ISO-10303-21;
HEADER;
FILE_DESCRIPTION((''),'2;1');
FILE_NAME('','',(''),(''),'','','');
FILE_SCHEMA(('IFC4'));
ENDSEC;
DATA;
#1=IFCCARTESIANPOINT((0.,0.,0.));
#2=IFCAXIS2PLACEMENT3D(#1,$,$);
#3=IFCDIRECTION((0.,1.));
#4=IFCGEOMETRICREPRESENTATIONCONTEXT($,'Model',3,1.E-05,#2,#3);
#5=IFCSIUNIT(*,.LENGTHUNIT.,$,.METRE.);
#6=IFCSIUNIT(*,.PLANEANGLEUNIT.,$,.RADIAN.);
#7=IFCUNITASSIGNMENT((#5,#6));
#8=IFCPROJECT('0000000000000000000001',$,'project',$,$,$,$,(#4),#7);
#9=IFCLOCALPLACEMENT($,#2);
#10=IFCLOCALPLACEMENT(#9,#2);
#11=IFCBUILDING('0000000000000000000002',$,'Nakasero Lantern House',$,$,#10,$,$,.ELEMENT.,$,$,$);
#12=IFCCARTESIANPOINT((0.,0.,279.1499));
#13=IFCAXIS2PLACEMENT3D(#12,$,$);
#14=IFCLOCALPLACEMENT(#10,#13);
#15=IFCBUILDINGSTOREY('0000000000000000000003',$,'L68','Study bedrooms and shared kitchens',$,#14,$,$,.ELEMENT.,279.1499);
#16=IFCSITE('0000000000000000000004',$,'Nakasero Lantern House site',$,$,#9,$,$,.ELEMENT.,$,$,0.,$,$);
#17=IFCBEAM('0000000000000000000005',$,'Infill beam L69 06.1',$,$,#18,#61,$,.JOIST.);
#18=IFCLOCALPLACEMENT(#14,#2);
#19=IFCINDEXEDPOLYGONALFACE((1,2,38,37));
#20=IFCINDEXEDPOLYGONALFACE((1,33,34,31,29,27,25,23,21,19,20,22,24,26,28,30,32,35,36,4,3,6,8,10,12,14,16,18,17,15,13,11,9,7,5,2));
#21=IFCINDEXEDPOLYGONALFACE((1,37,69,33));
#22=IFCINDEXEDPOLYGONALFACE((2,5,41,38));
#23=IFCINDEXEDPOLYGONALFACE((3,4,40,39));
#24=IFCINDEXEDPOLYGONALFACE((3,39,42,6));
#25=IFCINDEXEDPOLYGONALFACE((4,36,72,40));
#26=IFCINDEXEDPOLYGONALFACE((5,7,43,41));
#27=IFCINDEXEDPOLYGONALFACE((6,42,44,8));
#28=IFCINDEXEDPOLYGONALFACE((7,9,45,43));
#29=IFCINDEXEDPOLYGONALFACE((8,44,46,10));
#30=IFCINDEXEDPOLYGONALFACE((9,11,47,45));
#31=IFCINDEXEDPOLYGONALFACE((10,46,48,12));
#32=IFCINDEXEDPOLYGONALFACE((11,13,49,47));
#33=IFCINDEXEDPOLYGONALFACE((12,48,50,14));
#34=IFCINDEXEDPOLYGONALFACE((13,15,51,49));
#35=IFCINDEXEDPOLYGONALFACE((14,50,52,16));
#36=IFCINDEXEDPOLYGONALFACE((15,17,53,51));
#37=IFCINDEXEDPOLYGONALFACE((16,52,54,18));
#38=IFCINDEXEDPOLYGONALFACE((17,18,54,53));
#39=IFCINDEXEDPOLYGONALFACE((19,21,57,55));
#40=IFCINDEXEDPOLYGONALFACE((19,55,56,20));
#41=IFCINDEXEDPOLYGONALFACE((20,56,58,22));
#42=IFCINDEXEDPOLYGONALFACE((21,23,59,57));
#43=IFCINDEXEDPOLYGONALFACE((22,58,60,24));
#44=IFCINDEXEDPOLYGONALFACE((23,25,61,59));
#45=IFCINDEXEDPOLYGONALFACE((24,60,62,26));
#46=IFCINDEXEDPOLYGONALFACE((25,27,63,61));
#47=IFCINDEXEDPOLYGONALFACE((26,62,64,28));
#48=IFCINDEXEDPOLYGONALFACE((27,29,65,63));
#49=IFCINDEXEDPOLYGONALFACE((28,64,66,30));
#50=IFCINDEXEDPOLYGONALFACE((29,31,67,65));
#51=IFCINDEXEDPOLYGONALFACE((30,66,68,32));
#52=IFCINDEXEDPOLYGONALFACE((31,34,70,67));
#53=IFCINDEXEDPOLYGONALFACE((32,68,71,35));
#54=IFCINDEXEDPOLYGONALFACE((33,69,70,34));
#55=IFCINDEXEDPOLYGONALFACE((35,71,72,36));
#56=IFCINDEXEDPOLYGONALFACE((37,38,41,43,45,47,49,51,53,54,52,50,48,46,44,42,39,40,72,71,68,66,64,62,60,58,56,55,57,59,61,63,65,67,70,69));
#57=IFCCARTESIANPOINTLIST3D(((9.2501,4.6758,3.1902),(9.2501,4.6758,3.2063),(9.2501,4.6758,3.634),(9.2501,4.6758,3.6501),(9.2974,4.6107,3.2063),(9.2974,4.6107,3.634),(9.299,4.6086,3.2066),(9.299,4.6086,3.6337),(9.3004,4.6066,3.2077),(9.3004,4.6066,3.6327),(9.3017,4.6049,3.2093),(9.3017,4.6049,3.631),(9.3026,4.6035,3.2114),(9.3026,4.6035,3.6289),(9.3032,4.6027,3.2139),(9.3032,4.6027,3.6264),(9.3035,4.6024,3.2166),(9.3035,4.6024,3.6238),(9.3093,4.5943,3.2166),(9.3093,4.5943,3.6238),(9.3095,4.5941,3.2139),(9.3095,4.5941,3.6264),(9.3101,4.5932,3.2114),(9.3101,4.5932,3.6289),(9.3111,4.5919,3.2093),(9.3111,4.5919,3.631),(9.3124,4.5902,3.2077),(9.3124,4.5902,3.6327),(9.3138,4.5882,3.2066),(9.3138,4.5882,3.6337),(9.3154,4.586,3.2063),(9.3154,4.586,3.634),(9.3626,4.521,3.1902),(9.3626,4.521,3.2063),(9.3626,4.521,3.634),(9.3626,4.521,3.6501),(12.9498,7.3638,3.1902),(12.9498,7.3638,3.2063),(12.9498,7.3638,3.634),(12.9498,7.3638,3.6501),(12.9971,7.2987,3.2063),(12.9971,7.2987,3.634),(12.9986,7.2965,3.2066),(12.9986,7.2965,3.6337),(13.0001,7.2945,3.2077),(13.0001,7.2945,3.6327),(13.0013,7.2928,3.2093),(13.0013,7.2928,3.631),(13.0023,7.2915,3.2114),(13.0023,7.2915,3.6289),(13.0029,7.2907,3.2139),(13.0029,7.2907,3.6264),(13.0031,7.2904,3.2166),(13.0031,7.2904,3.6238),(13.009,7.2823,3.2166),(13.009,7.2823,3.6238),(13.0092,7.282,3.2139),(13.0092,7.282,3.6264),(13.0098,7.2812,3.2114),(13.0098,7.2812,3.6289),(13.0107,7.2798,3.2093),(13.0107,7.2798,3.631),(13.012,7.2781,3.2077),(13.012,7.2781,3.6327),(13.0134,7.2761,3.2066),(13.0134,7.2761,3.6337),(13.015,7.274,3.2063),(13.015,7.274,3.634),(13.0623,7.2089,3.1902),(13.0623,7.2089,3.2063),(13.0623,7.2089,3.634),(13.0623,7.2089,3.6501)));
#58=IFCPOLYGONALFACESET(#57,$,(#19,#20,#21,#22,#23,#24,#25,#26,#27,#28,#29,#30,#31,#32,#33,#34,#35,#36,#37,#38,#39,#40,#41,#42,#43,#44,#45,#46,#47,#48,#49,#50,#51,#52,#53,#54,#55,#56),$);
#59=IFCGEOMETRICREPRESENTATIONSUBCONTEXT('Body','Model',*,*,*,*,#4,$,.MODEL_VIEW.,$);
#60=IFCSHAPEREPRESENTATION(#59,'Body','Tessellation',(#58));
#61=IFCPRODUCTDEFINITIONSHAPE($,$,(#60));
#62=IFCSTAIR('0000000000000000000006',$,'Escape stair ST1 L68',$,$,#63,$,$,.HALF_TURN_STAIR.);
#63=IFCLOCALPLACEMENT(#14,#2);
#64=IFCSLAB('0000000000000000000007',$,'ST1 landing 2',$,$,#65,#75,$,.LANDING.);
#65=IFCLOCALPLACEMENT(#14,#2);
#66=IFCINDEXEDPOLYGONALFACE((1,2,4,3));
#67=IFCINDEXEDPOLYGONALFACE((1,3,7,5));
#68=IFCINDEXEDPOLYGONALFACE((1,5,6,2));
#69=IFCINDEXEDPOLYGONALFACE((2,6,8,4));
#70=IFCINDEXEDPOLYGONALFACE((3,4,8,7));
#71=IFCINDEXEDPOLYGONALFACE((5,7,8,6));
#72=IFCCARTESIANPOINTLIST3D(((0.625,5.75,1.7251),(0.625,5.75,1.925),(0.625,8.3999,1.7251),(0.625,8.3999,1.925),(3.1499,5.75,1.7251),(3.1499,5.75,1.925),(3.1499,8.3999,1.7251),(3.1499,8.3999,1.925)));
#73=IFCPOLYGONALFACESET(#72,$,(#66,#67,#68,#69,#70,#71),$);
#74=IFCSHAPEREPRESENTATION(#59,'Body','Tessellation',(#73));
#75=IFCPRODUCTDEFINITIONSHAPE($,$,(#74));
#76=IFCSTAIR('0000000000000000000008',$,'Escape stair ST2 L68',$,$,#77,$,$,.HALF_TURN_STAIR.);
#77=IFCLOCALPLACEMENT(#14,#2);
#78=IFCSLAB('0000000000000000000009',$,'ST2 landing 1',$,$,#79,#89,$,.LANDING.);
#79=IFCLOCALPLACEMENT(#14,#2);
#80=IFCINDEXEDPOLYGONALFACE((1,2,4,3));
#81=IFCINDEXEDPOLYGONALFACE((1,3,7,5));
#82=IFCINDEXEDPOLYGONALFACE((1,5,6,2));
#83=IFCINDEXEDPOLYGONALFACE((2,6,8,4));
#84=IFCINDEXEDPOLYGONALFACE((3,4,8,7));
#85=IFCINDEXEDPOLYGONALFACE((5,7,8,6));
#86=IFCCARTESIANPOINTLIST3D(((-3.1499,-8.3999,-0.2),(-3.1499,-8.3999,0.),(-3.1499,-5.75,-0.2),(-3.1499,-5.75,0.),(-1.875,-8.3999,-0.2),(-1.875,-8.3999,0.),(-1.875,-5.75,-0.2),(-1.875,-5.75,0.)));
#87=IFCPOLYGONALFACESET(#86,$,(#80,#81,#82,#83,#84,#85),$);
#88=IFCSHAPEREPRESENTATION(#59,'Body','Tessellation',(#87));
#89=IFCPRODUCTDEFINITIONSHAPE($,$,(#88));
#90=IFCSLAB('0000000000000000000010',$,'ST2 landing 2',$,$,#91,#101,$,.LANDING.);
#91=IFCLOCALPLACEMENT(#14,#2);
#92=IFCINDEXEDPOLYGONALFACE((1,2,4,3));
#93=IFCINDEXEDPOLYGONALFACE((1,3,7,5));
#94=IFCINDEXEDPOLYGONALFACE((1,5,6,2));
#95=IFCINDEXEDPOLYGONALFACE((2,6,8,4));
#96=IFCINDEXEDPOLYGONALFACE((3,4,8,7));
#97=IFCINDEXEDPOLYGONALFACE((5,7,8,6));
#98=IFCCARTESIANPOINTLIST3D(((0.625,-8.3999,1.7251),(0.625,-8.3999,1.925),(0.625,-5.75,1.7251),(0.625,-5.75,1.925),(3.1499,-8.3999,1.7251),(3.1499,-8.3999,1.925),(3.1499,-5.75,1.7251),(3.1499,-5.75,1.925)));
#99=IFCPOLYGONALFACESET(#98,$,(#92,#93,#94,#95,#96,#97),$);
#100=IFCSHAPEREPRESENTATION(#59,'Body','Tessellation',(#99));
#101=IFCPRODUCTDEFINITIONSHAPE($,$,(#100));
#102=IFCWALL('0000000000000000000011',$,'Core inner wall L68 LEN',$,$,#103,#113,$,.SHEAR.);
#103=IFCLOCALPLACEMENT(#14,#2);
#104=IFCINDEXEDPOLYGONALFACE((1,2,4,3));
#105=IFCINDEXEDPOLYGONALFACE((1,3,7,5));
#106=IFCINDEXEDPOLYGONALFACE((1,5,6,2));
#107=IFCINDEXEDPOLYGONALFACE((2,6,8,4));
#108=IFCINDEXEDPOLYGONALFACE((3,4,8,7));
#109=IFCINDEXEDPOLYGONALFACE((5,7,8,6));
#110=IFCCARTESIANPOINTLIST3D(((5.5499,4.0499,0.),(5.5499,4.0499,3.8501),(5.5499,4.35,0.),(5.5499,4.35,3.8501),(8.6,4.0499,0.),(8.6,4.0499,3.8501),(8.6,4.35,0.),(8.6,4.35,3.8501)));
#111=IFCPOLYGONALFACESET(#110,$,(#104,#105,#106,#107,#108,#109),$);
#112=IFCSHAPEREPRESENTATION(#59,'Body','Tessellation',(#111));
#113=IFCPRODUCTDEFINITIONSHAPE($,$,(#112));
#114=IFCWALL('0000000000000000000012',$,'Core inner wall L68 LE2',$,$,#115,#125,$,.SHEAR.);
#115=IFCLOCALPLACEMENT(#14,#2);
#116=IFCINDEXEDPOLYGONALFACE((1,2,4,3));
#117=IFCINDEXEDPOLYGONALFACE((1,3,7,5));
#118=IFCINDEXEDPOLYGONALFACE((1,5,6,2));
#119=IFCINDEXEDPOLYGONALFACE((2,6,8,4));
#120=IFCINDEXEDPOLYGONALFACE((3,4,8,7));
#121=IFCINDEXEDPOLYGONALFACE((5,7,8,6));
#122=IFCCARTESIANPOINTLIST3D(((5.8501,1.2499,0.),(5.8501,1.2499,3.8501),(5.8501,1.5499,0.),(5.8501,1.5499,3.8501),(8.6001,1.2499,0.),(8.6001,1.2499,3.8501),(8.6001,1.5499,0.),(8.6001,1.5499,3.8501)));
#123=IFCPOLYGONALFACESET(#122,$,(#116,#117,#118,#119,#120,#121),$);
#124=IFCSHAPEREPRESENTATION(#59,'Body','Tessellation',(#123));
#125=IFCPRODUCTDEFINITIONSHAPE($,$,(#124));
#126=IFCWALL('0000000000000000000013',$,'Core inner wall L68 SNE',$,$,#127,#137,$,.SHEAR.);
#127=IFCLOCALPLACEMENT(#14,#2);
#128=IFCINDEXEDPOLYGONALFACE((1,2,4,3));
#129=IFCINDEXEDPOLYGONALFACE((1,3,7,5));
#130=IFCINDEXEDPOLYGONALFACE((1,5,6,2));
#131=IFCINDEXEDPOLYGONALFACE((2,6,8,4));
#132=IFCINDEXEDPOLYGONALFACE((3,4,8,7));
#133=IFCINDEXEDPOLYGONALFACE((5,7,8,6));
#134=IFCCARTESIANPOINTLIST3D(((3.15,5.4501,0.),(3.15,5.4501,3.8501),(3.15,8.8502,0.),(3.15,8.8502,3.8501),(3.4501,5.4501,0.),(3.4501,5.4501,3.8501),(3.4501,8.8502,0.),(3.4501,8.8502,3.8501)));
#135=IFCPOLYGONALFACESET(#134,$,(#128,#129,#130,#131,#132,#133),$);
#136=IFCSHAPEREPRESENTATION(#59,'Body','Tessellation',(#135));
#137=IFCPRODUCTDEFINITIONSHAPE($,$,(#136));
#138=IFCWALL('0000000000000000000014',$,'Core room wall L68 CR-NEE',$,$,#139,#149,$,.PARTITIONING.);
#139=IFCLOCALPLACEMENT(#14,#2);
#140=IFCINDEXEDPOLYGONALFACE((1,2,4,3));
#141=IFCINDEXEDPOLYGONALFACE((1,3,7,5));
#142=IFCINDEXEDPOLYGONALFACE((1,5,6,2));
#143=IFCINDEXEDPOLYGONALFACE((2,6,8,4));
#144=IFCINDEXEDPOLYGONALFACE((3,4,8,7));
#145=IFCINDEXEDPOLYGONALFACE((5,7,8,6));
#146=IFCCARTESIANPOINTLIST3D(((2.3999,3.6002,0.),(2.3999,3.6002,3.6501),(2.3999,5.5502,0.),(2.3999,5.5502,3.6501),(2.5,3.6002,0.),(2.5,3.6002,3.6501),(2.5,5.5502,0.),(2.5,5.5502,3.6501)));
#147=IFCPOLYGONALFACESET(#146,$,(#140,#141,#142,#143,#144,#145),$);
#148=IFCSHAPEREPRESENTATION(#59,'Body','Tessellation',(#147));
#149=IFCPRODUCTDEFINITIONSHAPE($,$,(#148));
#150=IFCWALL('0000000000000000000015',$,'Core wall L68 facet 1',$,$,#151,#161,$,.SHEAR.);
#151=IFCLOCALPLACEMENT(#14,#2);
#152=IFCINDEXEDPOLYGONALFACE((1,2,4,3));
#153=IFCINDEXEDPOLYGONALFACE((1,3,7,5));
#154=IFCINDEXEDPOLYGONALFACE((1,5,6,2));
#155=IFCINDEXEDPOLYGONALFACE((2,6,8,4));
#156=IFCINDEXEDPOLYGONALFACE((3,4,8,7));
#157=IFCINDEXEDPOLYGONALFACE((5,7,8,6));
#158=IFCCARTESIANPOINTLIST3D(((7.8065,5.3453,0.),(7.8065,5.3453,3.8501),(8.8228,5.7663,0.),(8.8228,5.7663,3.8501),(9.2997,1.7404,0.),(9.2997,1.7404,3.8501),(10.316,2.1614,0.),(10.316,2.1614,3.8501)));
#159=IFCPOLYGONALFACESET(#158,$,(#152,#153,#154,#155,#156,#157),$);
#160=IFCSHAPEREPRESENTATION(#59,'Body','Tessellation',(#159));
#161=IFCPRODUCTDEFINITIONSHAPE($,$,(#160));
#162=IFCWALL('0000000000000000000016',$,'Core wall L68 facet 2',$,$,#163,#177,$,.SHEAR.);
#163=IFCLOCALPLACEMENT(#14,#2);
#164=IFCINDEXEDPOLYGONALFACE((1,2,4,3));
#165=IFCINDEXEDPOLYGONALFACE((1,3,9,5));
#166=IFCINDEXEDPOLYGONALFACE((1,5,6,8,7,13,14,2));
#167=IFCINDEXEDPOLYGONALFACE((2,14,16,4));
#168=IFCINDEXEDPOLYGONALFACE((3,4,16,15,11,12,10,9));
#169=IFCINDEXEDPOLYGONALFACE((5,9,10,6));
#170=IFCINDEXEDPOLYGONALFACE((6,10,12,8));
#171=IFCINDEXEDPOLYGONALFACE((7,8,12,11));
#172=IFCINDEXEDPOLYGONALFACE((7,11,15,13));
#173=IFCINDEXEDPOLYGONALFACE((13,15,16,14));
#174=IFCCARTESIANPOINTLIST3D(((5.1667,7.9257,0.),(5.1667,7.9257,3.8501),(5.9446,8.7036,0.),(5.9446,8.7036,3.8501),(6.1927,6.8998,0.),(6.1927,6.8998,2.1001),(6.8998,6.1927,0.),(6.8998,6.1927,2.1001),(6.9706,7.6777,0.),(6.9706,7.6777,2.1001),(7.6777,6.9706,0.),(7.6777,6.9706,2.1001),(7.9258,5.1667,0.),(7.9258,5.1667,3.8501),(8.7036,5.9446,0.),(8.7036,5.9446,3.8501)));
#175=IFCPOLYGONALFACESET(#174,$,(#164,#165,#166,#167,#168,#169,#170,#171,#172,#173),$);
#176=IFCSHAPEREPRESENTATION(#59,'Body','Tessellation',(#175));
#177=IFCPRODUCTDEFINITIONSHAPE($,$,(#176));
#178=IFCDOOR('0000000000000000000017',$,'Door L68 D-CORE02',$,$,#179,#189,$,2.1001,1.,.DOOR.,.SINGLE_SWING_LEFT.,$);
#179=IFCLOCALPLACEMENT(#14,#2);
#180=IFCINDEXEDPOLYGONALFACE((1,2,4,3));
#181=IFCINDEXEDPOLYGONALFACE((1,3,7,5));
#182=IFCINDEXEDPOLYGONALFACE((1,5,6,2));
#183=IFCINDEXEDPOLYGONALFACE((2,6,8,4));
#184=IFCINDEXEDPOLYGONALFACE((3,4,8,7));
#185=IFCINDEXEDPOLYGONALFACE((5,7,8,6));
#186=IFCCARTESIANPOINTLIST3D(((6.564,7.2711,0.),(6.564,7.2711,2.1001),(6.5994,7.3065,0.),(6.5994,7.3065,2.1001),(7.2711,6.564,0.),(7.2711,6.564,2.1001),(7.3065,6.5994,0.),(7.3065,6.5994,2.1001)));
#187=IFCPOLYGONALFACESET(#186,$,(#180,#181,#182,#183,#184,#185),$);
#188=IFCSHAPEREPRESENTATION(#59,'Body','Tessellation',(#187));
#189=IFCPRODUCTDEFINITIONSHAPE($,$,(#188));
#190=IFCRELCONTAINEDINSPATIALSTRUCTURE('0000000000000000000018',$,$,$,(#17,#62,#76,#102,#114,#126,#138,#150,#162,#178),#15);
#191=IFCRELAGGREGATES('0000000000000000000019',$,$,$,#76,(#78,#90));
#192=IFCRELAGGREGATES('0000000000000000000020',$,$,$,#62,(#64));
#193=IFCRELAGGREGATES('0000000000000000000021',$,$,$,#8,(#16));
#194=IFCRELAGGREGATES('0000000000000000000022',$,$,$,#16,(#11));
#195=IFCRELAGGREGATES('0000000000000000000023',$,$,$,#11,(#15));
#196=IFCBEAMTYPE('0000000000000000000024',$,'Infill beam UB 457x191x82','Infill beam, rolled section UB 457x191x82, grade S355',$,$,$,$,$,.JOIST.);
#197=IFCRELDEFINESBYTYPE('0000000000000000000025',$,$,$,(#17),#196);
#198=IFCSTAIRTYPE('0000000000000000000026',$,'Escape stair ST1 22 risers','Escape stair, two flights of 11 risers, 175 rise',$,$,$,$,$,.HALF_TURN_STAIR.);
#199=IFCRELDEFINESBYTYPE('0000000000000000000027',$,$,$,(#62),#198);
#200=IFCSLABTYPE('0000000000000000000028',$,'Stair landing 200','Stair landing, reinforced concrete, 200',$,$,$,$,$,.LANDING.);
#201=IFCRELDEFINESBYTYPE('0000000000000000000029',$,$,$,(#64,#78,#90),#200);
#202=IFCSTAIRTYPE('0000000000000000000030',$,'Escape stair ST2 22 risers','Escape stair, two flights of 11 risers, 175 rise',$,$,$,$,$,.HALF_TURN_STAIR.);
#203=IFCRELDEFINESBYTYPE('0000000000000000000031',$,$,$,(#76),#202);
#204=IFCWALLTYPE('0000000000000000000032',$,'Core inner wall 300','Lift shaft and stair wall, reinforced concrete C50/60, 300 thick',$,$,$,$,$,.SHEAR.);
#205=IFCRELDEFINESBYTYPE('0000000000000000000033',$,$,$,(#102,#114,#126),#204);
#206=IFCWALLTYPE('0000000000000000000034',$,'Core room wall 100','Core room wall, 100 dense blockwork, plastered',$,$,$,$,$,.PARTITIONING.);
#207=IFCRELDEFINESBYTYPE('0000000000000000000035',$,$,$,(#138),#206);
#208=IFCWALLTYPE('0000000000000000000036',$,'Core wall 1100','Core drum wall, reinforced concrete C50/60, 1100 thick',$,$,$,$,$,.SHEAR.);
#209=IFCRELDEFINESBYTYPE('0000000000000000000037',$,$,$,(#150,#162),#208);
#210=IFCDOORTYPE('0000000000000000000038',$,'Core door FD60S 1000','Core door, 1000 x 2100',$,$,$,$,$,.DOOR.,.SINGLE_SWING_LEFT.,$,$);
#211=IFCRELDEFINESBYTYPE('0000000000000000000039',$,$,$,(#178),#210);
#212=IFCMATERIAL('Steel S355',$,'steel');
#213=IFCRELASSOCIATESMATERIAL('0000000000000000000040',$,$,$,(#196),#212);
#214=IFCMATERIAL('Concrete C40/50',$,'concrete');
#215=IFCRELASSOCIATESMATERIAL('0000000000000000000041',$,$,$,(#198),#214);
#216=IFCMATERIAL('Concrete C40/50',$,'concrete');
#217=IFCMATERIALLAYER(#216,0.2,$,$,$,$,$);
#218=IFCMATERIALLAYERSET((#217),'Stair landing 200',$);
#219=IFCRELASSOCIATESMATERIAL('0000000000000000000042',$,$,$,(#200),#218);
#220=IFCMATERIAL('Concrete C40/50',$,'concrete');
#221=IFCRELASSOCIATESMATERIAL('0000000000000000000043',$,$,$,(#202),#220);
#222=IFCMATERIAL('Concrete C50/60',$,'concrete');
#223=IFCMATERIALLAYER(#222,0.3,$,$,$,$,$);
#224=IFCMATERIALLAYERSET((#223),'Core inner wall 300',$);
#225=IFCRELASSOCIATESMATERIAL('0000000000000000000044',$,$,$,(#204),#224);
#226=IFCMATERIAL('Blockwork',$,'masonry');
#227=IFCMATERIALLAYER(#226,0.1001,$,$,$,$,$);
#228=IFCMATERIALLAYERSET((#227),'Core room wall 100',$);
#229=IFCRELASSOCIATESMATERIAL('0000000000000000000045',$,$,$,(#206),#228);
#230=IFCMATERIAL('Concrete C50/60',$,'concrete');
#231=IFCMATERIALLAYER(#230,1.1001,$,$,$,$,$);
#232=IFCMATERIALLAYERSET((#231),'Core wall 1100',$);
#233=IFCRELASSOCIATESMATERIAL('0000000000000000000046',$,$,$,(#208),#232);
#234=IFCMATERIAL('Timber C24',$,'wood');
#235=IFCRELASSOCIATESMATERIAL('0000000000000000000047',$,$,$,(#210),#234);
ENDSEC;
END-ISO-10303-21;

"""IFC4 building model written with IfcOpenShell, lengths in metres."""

from ifc_helpers import new_model, si_unit, direction, frame, frame_2d, origin, origin_2d, place, context, subcontext, project, spatial, polyline, rectangle, i_section, outline, extrude, material, layer, layer_set, material_profile, profile_set, type_object, element, fill, aggregate, save


model = new_model("IFC4")

# Units and contexts
model_context = context("Model", 3, precision=1e-05, world=origin(), true_north=direction((0.0, 1.0)))
body_context = subcontext(model_context, "Body", "Model", "MODEL_VIEW")
ifc_project = project(units=[si_unit("LENGTHUNIT", "METRE"), si_unit("PLANEANGLEUNIT", "RADIAN")], contexts=[model_context])

# Site, building, storey
site_placement = place(None, origin())
site = spatial("IfcSite", under=ifc_project, at=site_placement, Name="Nakasero Lantern House site", CompositionType="ELEMENT", RefElevation=0.0)
building_placement = place(site_placement, origin())
building = spatial("IfcBuilding", under=site, at=building_placement, Name="Nakasero Lantern House", CompositionType="ELEMENT")
storey_placement = place(building_placement, frame((0.0, 0.0, 279.1499)))
storey = spatial("IfcBuildingStorey", under=building, at=storey_placement, Name="L68", Description="Study bedrooms and shared kitchens", CompositionType="ELEMENT", Elevation=279.1499)

# Beam
ifc_material_1 = material(Name="Steel S355", Category="steel")
ifc_material_profile = material_profile(ifc_material_1, i_section(OverallWidth=0.1914, OverallDepth=0.46, WebThickness=0.01, FlangeThickness=0.0161, FilletRadius=0.0103, at=origin_2d()), Name="UB 457x191x82")
ifc_profile_set = profile_set([ifc_material_profile], Name="Steel S355")
beam_type = type_object("IfcBeamType", Name="Infill beam UB 457x191x82", Description="Infill beam, rolled section UB 457x191x82, grade S355", PredefinedType="JOIST", material=ifc_profile_set)
beam_placement = place(storey_placement, frame((9.3064, 4.5984, 3.4202), z_axis=(0.809018, 0.587784, 0.0), x_axis=(-0.587784, 0.809018, 0.0)))
element("IfcBeam", 1, at=beam_placement, inside=storey, type_object=beam_type, Name="Infill beam L69 06.1", PredefinedType="JOIST", context=body_context, shape_type="SweptSolid", body=[
    extrude(i_section(OverallWidth=0.1914, OverallDepth=0.46, WebThickness=0.01, FlangeThickness=0.0161, FilletRadius=0.0103, at=origin_2d()), origin(), (0.0, 0.0, 1.0), 4.573),
])

# Stair, slab
ifc_material_2 = material(Name="Concrete C40/50", Category="concrete")
stair_type_1 = type_object("IfcStairType", Name="Escape stair ST1 22 risers", Description="Escape stair, two flights of 11 risers, 175 rise", PredefinedType="HALF_TURN_STAIR", material=ifc_material_2)
stair_1_placement = place(storey_placement, origin())
stair_1 = element("IfcStair", 2, at=stair_1_placement, inside=storey, type_object=stair_type_1, Name="Escape stair ST1 L68", PredefinedType="HALF_TURN_STAIR")
ifc_material_3 = material(Name="Concrete C40/50", Category="concrete")
ifc_layer_1 = layer(ifc_material_3, 0.2)
ifc_layer_set_1 = layer_set([ifc_layer_1], Name="Stair landing 200")
slab_type = type_object("IfcSlabType", Name="Stair landing 200", Description="Stair landing, reinforced concrete, 200", PredefinedType="LANDING", material=ifc_layer_set_1)
slab_1_placement = place(storey_placement, frame((0.0, 0.0, 1.7251)))
slab_1 = element("IfcSlab", 3, at=slab_1_placement, type_object=slab_type, Name="ST1 landing 2", PredefinedType="LANDING", context=body_context, shape_type="SweptSolid", body=[
    extrude(outline(polyline([(0.625, 5.75), (3.1499, 5.75), (3.1499, 8.3999), (0.625, 8.3999), (0.625, 5.75)])), origin(), (0.0, 0.0, 1.0), 0.2),
])

# Stair, slabs
ifc_material_4 = material(Name="Concrete C40/50", Category="concrete")
stair_type_2 = type_object("IfcStairType", Name="Escape stair ST2 22 risers", Description="Escape stair, two flights of 11 risers, 175 rise", PredefinedType="HALF_TURN_STAIR", material=ifc_material_4)
stair_2_placement = place(storey_placement, origin())
stair_2 = element("IfcStair", 4, at=stair_2_placement, inside=storey, type_object=stair_type_2, Name="Escape stair ST2 L68", PredefinedType="HALF_TURN_STAIR")
slab_2_placement = place(storey_placement, frame((0.0, 0.0, -0.2)))
slab_2 = element("IfcSlab", 5, at=slab_2_placement, type_object=slab_type, Name="ST2 landing 1", PredefinedType="LANDING", context=body_context, shape_type="SweptSolid", body=[
    extrude(outline(polyline([(-3.1499, -8.3999), (-1.875, -8.3999), (-1.875, -5.75), (-3.1499, -5.75), (-3.1499, -8.3999)])), origin(), (0.0, 0.0, 1.0), 0.2),
])
slab_3_placement = place(storey_placement, frame((0.0, 0.0, 1.7251)))
slab_3 = element("IfcSlab", 6, at=slab_3_placement, type_object=slab_type, Name="ST2 landing 2", PredefinedType="LANDING", context=body_context, shape_type="SweptSolid", body=[
    extrude(outline(polyline([(0.625, -8.3999), (3.1499, -8.3999), (3.1499, -5.75), (0.625, -5.75), (0.625, -8.3999)])), origin(), (0.0, 0.0, 1.0), 0.2),
])
aggregate(stair_2, [slab_2, slab_3])

# Walls
ifc_material_5 = material(Name="Concrete C50/60", Category="concrete")
ifc_layer_2 = layer(ifc_material_5, 0.3)
ifc_layer_set_2 = layer_set([ifc_layer_2], Name="Core inner wall 300")
wall_type_1 = type_object("IfcWallType", Name="Core inner wall 300", Description="Lift shaft and stair wall, reinforced concrete C50/60, 300 thick", PredefinedType="SHEAR", material=ifc_layer_set_2)
wall_1_placement = place(storey_placement, frame((5.55, 4.2, 0.0), z_axis=(0.0, 0.0, 1.0), x_axis=(1.0, 0.0, 0.0)))
element("IfcWall", 7, at=wall_1_placement, inside=storey, type_object=wall_type_1, Name="Core inner wall L68 LEN", PredefinedType="SHEAR", context=body_context, shape_type="SweptSolid", body=[
    extrude(rectangle(XDim=3.05, YDim=0.3, at=frame_2d((1.5249, 0.0))), origin(), (0.0, 0.0, 1.0), 3.8501),
])
wall_2_placement = place(storey_placement, frame((5.8501, 1.3999, 0.0), z_axis=(0.0, 0.0, 1.0), x_axis=(1.0, 0.0, 0.0)))
element("IfcWall", 8, at=wall_2_placement, inside=storey, type_object=wall_type_1, Name="Core inner wall L68 LE2", PredefinedType="SHEAR", context=body_context, shape_type="SweptSolid", body=[
    extrude(rectangle(XDim=2.75, YDim=0.3, at=frame_2d((1.375, 0.0))), origin(), (0.0, 0.0, 1.0), 3.8501),
])
wall_3_placement = place(storey_placement, frame((3.3, 5.45, 0.0), z_axis=(0.0, 0.0, 1.0), x_axis=(0.0, 1.0, 0.0)))
element("IfcWall", 9, at=wall_3_placement, inside=storey, type_object=wall_type_1, Name="Core inner wall L68 SNE", PredefinedType="SHEAR", context=body_context, shape_type="SweptSolid", body=[
    extrude(rectangle(XDim=3.4001, YDim=0.3, at=frame_2d((1.7002, 0.0))), origin(), (0.0, 0.0, 1.0), 3.8501),
])
ifc_material_6 = material(Name="Blockwork", Category="masonry")
ifc_layer_3 = layer(ifc_material_6, 0.1001)
ifc_layer_set_3 = layer_set([ifc_layer_3], Name="Core room wall 100")
wall_type_2 = type_object("IfcWallType", Name="Core room wall 100", Description="Core room wall, 100 dense blockwork, plastered", PredefinedType="PARTITIONING", material=ifc_layer_set_3)
wall_4_placement = place(storey_placement, frame((2.45, 3.6001, 0.0), z_axis=(0.0, 0.0, 1.0), x_axis=(0.0, 1.0, 0.0)))
element("IfcWall", 10, at=wall_4_placement, inside=storey, type_object=wall_type_2, Name="Core room wall L68 CR-NEE", PredefinedType="PARTITIONING", context=body_context, shape_type="SweptSolid", body=[
    extrude(rectangle(XDim=1.95, YDim=0.1001, at=frame_2d((0.9751, 0.0))), origin(), (0.0, 0.0, 1.0), 3.6501),
])
ifc_material_7 = material(Name="Concrete C50/60", Category="concrete")
ifc_layer_4 = layer(ifc_material_7, 1.1001)
ifc_layer_set_4 = layer_set([ifc_layer_4], Name="Core wall 1100")
wall_type_3 = type_object("IfcWallType", Name="Core wall 1100", Description="Core drum wall, reinforced concrete C50/60, 1100 thick", PredefinedType="SHEAR", material=ifc_layer_set_4)
wall_5_placement = place(storey_placement, frame((9.8079, 1.9509, 0.0), z_axis=(0.0, 0.0, 1.0), x_axis=(-0.382691, 0.923877, 0.0)))
element("IfcWall", 11, at=wall_5_placement, inside=storey, type_object=wall_type_3, Name="Core wall L68 facet 1", PredefinedType="SHEAR", context=body_context, shape_type="SweptSolid", body=[
    extrude(rectangle(XDim=3.9019, YDim=1.1001, at=frame_2d((1.9509, 0.0))), origin(), (0.0, 0.0, 1.0), 3.8501),
])

# Wall, opening, door
wall_6_placement = place(storey_placement, frame((8.3147, 5.5557, 0.0), z_axis=(0.0, 0.0, 1.0), x_axis=(-0.707107, 0.707107, 0.0)))
wall_6 = element("IfcWall", 12, at=wall_6_placement, inside=storey, type_object=wall_type_3, Name="Core wall L68 facet 2", PredefinedType="SHEAR", context=body_context, shape_type="SweptSolid", body=[
    extrude(rectangle(XDim=3.9019, YDim=1.1001, at=frame_2d((1.9509, 0.0))), origin(), (0.0, 0.0, 1.0), 3.8501),
])
opening_1_placement = place(wall_6_placement, frame((1.4509, 0.0, 0.0)))
opening_1 = element("IfcOpeningElement", 13, at=opening_1_placement, cuts=wall_6, PredefinedType="OPENING", context=body_context, shape_type="SweptSolid", body=[
    extrude(rectangle(XDim=1.0, YDim=2.1001, at=frame_2d((0.5, 1.05))), frame((0.0, 0.5701, 0.0), z_axis=(0.0, -1.0, 0.0), x_axis=(1.0, 0.0, 0.0)), (0.0, 0.0, 1.0), 1.1401),
])
ifc_material_8 = material(Name="Timber C24", Category="wood")
door_type_1 = type_object("IfcDoorType", Name="Core door FD60S 1000", Description="Core door, 1000 x 2100", OperationType="SINGLE_SWING_LEFT", PredefinedType="DOOR", material=ifc_material_8)
door_1_placement = place(opening_1_placement, origin())
door_1 = element("IfcDoor", 14, at=door_1_placement, inside=storey, type_object=door_type_1, Name="Door L68 D-CORE02", OperationType="SINGLE_SWING_LEFT", OverallHeight=2.1001, OverallWidth=1.0, PredefinedType="DOOR", context=body_context, shape_type="SweptSolid", body=[
    extrude(rectangle(XDim=1.0, YDim=2.1001, at=frame_2d((0.5, 1.05))), frame((0.0, 0.0249, 0.0), z_axis=(0.0, -1.0, 0.0), x_axis=(1.0, 0.0, 0.0)), (0.0, 0.0, 1.0), 0.05),
])
fill(opening_1, door_1)

aggregate(stair_1, [slab_1])

save(model, "model.ifc")
